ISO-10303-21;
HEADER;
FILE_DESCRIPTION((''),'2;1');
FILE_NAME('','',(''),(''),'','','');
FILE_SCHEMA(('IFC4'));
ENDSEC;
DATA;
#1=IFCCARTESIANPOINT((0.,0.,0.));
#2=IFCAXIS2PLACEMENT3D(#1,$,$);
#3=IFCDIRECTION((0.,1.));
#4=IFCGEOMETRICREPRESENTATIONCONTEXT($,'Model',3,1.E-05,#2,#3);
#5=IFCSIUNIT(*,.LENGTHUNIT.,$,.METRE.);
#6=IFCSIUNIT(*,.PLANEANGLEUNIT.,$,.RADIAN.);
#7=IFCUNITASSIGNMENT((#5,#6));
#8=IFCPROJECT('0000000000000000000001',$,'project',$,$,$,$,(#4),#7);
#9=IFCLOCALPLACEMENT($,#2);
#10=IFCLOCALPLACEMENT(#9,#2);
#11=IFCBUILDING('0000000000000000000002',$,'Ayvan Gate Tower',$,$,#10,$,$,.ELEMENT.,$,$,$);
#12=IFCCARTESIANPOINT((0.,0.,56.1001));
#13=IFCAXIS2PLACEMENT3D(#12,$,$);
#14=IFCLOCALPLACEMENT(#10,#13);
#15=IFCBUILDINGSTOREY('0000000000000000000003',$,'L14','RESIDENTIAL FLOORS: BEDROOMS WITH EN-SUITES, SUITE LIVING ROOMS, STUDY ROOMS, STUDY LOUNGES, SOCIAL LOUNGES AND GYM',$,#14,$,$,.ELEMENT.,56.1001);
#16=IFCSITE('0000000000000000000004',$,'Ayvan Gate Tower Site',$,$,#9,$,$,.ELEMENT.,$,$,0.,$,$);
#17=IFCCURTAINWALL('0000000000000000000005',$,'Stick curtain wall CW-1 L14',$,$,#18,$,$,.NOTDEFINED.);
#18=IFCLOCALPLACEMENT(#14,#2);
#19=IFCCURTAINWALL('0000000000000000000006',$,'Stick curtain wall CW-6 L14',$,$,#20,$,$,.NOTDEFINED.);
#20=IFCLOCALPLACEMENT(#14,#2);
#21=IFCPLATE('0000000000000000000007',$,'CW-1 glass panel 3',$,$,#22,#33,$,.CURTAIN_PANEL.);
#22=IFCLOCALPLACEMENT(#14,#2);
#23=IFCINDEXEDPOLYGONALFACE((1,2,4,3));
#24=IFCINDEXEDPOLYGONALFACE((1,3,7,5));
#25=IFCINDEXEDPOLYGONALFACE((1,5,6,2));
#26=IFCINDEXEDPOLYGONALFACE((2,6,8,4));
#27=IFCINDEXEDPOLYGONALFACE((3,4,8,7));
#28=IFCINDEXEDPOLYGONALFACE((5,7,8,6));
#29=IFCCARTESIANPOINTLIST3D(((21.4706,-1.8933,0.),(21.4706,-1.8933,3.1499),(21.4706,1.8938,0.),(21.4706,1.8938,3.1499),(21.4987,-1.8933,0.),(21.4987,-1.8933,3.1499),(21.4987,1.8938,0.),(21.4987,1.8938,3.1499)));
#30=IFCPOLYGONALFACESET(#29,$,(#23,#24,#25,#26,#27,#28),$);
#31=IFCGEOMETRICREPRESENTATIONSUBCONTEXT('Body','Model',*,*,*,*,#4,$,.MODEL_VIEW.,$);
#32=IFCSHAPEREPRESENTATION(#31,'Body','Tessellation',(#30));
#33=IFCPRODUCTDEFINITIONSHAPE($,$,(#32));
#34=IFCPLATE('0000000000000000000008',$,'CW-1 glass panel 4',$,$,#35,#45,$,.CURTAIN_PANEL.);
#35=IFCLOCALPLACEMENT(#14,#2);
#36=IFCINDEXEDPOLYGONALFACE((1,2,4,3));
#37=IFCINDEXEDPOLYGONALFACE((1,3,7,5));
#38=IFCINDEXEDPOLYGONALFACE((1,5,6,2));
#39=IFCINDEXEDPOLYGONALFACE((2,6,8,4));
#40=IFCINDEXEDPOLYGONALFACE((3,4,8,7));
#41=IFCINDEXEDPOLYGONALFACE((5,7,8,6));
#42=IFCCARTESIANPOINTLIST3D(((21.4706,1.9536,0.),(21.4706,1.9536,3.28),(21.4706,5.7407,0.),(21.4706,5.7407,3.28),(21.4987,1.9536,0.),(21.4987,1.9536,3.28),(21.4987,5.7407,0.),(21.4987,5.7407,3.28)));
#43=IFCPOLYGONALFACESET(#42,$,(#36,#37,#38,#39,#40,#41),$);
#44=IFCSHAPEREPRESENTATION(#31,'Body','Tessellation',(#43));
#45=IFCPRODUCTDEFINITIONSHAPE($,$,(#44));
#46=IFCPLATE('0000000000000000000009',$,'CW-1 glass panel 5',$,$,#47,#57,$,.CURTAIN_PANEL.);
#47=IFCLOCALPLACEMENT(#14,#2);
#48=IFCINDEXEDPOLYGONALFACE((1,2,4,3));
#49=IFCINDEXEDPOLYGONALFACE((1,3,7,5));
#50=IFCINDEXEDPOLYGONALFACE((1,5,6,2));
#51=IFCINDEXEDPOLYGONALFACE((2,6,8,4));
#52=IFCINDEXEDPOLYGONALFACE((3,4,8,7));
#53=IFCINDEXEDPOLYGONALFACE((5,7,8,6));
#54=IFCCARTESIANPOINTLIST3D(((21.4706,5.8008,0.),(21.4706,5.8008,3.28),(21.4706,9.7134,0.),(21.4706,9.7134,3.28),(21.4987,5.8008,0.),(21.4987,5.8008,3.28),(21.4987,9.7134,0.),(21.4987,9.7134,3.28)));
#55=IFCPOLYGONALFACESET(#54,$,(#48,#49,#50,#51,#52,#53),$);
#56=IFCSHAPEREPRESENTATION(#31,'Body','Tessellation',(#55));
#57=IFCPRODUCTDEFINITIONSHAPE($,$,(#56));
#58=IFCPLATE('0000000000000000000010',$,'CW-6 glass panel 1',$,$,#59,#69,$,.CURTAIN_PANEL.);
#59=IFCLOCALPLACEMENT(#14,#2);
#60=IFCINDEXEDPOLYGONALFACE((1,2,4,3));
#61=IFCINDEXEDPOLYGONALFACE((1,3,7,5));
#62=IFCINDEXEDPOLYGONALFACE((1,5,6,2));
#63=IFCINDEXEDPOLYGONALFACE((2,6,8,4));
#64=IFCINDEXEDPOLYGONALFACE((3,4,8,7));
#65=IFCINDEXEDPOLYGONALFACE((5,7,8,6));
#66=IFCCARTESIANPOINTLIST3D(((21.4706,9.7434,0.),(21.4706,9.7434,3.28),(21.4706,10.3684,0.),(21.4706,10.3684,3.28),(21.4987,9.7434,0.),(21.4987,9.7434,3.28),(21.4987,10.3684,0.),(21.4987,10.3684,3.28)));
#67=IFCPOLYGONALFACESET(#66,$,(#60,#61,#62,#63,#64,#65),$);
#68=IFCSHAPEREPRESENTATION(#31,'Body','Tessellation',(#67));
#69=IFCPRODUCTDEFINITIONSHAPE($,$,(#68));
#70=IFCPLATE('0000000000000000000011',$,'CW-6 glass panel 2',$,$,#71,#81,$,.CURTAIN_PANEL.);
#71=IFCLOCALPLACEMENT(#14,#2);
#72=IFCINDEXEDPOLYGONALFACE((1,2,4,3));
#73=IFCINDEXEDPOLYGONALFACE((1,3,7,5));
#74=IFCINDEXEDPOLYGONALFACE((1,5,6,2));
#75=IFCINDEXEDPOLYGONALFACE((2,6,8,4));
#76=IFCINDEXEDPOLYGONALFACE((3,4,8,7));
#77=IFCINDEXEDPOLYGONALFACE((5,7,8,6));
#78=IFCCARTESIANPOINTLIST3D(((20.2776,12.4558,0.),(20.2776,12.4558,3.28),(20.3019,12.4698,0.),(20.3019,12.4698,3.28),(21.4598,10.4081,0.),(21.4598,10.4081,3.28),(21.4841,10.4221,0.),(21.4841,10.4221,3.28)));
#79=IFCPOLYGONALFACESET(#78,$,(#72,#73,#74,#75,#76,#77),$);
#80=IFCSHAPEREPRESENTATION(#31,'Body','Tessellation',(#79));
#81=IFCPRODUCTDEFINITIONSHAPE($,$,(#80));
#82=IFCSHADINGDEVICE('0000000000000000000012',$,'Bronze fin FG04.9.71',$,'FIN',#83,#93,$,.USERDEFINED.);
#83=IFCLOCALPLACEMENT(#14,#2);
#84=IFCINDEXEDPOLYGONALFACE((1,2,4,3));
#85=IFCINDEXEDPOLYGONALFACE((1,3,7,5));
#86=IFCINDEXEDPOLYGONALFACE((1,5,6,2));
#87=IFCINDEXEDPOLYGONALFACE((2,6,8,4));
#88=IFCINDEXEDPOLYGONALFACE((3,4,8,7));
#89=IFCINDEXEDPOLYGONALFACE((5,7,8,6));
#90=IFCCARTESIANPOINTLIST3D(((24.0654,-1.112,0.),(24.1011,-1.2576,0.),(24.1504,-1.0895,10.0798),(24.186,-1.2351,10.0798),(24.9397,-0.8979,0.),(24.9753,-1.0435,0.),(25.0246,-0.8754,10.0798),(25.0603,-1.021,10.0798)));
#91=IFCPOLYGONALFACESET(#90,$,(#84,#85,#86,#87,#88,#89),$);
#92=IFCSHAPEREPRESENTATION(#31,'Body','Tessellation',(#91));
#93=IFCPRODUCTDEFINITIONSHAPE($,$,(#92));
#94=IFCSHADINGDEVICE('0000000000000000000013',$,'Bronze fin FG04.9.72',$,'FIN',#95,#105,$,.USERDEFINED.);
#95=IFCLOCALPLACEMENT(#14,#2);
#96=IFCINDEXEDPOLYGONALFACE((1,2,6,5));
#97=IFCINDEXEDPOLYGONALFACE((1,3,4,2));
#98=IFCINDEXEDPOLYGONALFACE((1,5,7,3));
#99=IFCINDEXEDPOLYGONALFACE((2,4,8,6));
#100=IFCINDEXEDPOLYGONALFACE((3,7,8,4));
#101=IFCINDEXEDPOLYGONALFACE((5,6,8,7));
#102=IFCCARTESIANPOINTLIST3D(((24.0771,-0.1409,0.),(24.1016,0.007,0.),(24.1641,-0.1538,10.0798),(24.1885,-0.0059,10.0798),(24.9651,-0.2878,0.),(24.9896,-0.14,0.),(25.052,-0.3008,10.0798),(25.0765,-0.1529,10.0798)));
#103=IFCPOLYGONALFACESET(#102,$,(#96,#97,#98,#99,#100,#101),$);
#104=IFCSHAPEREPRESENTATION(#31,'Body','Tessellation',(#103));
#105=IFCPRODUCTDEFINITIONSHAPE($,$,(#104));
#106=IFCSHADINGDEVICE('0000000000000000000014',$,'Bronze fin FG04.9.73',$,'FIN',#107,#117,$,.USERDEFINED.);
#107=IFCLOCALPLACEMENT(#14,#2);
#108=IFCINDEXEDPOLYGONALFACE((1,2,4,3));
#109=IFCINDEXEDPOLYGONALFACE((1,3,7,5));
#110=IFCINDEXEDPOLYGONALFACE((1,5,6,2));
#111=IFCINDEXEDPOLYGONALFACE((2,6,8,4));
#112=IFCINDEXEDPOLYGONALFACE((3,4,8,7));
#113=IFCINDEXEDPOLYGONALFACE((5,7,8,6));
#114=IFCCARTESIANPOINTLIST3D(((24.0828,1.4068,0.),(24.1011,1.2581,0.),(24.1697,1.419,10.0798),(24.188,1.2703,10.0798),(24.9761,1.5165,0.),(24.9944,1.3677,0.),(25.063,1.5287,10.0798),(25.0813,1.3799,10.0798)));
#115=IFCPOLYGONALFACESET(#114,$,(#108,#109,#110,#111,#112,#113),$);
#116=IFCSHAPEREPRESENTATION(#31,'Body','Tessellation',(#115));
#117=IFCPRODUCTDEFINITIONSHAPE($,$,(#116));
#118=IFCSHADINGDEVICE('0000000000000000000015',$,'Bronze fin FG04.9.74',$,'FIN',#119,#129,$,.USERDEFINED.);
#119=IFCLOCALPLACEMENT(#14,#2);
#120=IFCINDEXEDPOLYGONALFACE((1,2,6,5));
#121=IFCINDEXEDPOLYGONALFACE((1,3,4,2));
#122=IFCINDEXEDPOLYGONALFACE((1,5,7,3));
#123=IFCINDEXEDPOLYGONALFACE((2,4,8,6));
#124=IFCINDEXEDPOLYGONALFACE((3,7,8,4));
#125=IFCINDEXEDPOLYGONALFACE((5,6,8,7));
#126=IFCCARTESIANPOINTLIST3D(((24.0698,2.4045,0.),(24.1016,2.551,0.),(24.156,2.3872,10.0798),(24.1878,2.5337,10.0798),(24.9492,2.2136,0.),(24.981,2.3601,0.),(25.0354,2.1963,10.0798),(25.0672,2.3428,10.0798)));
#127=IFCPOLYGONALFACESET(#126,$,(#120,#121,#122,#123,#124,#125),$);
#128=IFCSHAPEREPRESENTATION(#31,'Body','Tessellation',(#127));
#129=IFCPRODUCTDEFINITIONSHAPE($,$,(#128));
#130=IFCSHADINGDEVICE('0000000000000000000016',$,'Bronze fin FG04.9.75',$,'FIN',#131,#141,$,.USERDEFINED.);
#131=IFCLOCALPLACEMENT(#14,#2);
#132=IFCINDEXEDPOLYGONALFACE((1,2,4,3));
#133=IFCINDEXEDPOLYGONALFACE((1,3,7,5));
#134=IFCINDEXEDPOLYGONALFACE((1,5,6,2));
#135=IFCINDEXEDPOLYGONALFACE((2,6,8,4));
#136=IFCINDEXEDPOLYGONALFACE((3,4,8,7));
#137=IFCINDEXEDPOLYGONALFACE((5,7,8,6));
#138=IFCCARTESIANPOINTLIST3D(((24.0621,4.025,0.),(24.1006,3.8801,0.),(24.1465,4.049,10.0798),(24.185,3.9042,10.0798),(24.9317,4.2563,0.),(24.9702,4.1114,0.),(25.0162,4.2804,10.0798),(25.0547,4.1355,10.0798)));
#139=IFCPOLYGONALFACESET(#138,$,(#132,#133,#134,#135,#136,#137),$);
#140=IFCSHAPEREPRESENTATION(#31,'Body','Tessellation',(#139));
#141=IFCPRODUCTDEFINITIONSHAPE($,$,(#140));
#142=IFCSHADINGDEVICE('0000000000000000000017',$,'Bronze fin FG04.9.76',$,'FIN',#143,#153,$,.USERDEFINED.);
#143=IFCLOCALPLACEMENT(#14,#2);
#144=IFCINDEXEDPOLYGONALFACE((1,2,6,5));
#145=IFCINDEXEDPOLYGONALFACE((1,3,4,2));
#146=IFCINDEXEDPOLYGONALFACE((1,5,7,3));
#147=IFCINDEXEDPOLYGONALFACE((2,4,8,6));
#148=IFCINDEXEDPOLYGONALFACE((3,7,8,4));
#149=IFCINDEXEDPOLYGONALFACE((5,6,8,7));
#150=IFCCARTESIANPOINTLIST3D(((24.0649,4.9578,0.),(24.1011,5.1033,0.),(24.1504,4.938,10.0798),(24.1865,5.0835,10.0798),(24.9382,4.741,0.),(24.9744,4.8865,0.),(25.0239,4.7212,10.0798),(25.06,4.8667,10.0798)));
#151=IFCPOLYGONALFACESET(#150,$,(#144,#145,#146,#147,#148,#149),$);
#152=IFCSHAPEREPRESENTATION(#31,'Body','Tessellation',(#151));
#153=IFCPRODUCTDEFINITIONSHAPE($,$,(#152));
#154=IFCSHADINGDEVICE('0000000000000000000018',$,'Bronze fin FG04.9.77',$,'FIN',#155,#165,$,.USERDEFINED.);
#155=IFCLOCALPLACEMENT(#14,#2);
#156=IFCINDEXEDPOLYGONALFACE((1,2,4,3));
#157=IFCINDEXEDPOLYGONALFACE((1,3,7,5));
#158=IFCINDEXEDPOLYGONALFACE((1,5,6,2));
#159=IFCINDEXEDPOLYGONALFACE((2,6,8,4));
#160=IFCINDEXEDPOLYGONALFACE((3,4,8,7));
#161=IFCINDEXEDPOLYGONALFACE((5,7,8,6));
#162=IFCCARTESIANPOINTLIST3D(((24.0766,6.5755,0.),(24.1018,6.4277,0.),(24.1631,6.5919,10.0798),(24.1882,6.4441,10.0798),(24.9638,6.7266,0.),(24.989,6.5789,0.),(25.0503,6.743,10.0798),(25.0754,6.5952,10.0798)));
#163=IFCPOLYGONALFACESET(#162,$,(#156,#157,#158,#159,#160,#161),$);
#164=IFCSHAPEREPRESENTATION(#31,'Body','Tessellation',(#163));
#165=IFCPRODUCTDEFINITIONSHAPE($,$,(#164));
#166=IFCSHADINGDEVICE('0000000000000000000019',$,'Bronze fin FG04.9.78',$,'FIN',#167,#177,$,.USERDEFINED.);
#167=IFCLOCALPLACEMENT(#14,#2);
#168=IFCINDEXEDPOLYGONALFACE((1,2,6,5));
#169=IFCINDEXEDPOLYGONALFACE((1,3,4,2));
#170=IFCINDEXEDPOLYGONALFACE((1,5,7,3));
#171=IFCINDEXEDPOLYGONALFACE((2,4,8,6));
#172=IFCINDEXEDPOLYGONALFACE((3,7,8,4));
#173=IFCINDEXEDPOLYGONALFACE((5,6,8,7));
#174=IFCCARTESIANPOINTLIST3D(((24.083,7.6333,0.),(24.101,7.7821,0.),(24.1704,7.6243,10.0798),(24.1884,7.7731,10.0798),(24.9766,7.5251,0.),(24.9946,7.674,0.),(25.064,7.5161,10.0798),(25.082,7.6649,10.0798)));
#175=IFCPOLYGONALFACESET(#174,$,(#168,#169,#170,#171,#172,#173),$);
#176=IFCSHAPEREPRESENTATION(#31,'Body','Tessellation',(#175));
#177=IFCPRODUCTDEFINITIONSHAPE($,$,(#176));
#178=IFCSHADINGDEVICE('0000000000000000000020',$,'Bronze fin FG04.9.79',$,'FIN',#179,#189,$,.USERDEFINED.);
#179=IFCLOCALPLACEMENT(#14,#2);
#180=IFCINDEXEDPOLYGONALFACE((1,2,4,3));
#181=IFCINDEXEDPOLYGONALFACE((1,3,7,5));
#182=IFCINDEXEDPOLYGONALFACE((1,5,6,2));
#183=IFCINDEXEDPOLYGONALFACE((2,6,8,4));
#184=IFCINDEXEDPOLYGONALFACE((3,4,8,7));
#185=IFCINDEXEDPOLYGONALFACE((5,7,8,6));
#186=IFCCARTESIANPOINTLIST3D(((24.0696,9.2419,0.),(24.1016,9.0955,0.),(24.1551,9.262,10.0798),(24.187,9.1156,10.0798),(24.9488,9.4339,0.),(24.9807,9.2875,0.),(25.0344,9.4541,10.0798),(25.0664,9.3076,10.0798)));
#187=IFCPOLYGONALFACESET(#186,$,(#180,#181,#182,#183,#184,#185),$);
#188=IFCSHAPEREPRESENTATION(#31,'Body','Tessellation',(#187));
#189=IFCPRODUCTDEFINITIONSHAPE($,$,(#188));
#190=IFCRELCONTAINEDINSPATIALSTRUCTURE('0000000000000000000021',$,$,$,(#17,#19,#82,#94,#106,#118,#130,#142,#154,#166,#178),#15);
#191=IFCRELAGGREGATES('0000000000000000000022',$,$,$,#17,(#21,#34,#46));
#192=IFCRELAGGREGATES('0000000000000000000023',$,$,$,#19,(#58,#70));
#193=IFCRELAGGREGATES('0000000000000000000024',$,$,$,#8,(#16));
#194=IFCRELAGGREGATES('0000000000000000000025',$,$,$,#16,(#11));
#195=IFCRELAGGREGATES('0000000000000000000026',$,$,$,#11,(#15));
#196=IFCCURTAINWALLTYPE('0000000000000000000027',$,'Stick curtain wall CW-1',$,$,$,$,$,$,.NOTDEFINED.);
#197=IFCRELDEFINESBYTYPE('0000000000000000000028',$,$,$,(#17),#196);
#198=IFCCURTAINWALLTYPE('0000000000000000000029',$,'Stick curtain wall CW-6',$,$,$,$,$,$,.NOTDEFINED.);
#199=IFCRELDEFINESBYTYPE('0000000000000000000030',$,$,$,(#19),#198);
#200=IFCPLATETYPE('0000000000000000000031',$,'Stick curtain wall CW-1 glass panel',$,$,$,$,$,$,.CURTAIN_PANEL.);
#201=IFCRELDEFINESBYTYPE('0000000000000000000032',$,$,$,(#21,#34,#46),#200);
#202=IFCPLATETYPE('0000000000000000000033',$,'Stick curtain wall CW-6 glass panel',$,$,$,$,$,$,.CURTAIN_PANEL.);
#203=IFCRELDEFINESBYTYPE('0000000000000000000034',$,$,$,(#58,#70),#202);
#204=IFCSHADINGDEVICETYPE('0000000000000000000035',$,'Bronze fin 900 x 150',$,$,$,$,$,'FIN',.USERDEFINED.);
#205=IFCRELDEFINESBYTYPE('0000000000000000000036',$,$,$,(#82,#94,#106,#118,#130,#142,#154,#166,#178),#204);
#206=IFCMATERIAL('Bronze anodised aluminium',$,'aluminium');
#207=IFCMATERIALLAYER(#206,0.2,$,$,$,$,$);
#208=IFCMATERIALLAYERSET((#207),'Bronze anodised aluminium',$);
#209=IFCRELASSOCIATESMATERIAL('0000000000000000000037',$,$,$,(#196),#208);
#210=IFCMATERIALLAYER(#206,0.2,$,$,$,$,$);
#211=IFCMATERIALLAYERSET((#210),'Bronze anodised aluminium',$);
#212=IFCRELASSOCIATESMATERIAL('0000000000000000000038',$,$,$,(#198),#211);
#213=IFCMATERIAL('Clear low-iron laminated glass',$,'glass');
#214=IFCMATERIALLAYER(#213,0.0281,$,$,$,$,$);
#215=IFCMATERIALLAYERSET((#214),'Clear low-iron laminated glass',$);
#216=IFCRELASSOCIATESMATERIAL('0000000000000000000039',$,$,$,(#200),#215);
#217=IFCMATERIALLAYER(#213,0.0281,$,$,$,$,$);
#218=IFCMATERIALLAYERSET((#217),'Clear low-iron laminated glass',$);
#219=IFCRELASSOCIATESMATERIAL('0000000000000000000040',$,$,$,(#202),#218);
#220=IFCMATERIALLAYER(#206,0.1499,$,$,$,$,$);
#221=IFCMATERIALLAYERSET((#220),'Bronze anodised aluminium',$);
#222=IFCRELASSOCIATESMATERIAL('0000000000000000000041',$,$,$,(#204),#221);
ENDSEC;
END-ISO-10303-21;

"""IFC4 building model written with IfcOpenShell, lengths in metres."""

from ifc_helpers import new_model, si_unit, direction, frame, origin, origin_2d, place, context, subcontext, project, spatial, polyline, rectangle, outline, extrude, material, layer, layer_set, type_object, element, aggregate, save


model = new_model("IFC4")

# Units and contexts
model_context = context("Model", 3, precision=1e-05, world=origin(), true_north=direction((0.0, 1.0)))
body_context = subcontext(model_context, "Body", "Model", "MODEL_VIEW")
ifc_project = project(units=[si_unit("LENGTHUNIT", "METRE"), si_unit("PLANEANGLEUNIT", "RADIAN")], contexts=[model_context])

# Site, building, storey
site_placement = place(None, origin())
site = spatial("IfcSite", under=ifc_project, at=site_placement, Name="Ayvan Gate Tower Site", CompositionType="ELEMENT", RefElevation=0.0)
building_placement = place(site_placement, origin())
building = spatial("IfcBuilding", under=site, at=building_placement, Name="Ayvan Gate Tower", CompositionType="ELEMENT")
storey_placement = place(building_placement, frame((0.0, 0.0, 56.1001)))
storey = spatial("IfcBuildingStorey", under=building, at=storey_placement, Name="L14", Description="RESIDENTIAL FLOORS: BEDROOMS WITH EN-SUITES, SUITE LIVING ROOMS, STUDY ROOMS, STUDY LOUNGES, SOCIAL LOUNGES AND GYM", CompositionType="ELEMENT", Elevation=56.1001)

# Curtain walls
ifc_material_1 = material(Name="Bronze anodised aluminium", Category="aluminium")
ifc_layer_1 = layer(ifc_material_1, 0.2)
ifc_layer_set_1 = layer_set([ifc_layer_1], Name="Bronze anodised aluminium")
curtain_wall_type_1 = type_object("IfcCurtainWallType", Name="Stick curtain wall CW-1", PredefinedType="NOTDEFINED", material=ifc_layer_set_1)
curtain_wall_1_placement = place(storey_placement, origin())
curtain_wall_1 = element("IfcCurtainWall", 1, at=curtain_wall_1_placement, inside=storey, type_object=curtain_wall_type_1, Name="Stick curtain wall CW-1 L14", PredefinedType="NOTDEFINED")
ifc_layer_2 = layer(ifc_material_1, 0.2)
ifc_layer_set_2 = layer_set([ifc_layer_2], Name="Bronze anodised aluminium")
curtain_wall_type_2 = type_object("IfcCurtainWallType", Name="Stick curtain wall CW-6", PredefinedType="NOTDEFINED", material=ifc_layer_set_2)
curtain_wall_2_placement = place(storey_placement, origin())
curtain_wall_2 = element("IfcCurtainWall", 2, at=curtain_wall_2_placement, inside=storey, type_object=curtain_wall_type_2, Name="Stick curtain wall CW-6 L14", PredefinedType="NOTDEFINED")

# Plates
ifc_material_2 = material(Name="Clear low-iron laminated glass", Category="glass")
ifc_layer_3 = layer(ifc_material_2, 0.0281)
ifc_layer_set_3 = layer_set([ifc_layer_3], Name="Clear low-iron laminated glass")
plate_type_1 = type_object("IfcPlateType", Name="Stick curtain wall CW-1 glass panel", PredefinedType="CURTAIN_PANEL", material=ifc_layer_set_3)
plate_1_placement = place(storey_placement, frame((21.4846, 0.0002, 0.0), z_axis=(0.0, 0.0, 1.0), x_axis=(0.0, 1.0, 0.0)))
plate_1 = element("IfcPlate", 3, at=plate_1_placement, type_object=plate_type_1, Name="CW-1 glass panel 3", PredefinedType="CURTAIN_PANEL", context=body_context, shape_type="SweptSolid", body=[
    extrude(rectangle(XDim=3.7871, YDim=0.0281, at=origin_2d()), origin(), (0.0, 0.0, 1.0), 3.1499),
])
plate_2_placement = place(storey_placement, frame((21.4846, 3.8472, 0.0), z_axis=(0.0, 0.0, 1.0), x_axis=(0.0, 1.0, 0.0)))
plate_2 = element("IfcPlate", 4, at=plate_2_placement, type_object=plate_type_1, Name="CW-1 glass panel 4", PredefinedType="CURTAIN_PANEL", context=body_context, shape_type="SweptSolid", body=[
    extrude(rectangle(XDim=3.7871, YDim=0.0281, at=origin_2d()), origin(), (0.0, 0.0, 1.0), 3.28),
])
plate_3_placement = place(storey_placement, frame((21.4846, 7.7571, 0.0), z_axis=(0.0, 0.0, 1.0), x_axis=(0.0, 1.0, 0.0)))
plate_3 = element("IfcPlate", 5, at=plate_3_placement, type_object=plate_type_1, Name="CW-1 glass panel 5", PredefinedType="CURTAIN_PANEL", context=body_context, shape_type="SweptSolid", body=[
    extrude(rectangle(XDim=3.9126, YDim=0.0281, at=origin_2d()), origin(), (0.0, 0.0, 1.0), 3.28),
])
aggregate(curtain_wall_1, [plate_1, plate_2, plate_3])
ifc_layer_4 = layer(ifc_material_2, 0.0281)
ifc_layer_set_4 = layer_set([ifc_layer_4], Name="Clear low-iron laminated glass")
plate_type_2 = type_object("IfcPlateType", Name="Stick curtain wall CW-6 glass panel", PredefinedType="CURTAIN_PANEL", material=ifc_layer_set_4)
plate_4_placement = place(storey_placement, frame((21.4846, 10.0559, 0.0), z_axis=(0.0, 0.0, 1.0), x_axis=(0.0, 1.0, 0.0)))
plate_4 = element("IfcPlate", 6, at=plate_4_placement, type_object=plate_type_2, Name="CW-6 glass panel 1", PredefinedType="CURTAIN_PANEL", context=body_context, shape_type="SweptSolid", body=[
    extrude(rectangle(XDim=0.625, YDim=0.0281, at=origin_2d()), origin(), (0.0, 0.0, 1.0), 3.28),
])
plate_5_placement = place(storey_placement, frame((20.8809, 11.439, 0.0), z_axis=(0.0, 0.0, 1.0), x_axis=(-0.5, 0.866025, 0.0)))
plate_5 = element("IfcPlate", 7, at=plate_5_placement, type_object=plate_type_2, Name="CW-6 glass panel 2", PredefinedType="CURTAIN_PANEL", context=body_context, shape_type="SweptSolid", body=[
    extrude(rectangle(XDim=2.3645, YDim=0.0281, at=origin_2d()), origin(), (0.0, 0.0, 1.0), 3.28),
])
aggregate(curtain_wall_2, [plate_4, plate_5])

# Shading devices
ifc_layer_5 = layer(ifc_material_1, 0.1499)
ifc_layer_set_5 = layer_set([ifc_layer_5], Name="Bronze anodised aluminium")
shading_device_type = type_object("IfcShadingDeviceType", Name="Bronze fin 900 x 150", ElementType="FIN", PredefinedType="USERDEFINED", material=ifc_layer_set_5)
shading_device_1_placement = place(storey_placement, frame((24.1011, -1.2576, 0.0), z_axis=(0.237874, -0.971296, 0.000159), x_axis=(0.971296, 0.237874, 0.0)))
element("IfcShadingDevice", 8, at=shading_device_1_placement, inside=storey, type_object=shading_device_type, Name="Bronze fin FG04.9.71", ObjectType="FIN", PredefinedType="USERDEFINED", context=body_context, shape_type="SweptSolid", body=[
    extrude(outline(polyline([(0.0, 0.0), (0.9001, 0.0), (0.988, 10.0798), (0.0879, 10.0798), (0.0, 0.0)])), origin(), (0.0, 0.0, -1.0), 0.1499),
])
shading_device_2_placement = place(storey_placement, frame((24.0771, -0.1409, 0.0), z_axis=(-0.163299, -0.986577, 0.000142), x_axis=(0.986577, -0.163299, 0.0)))
element("IfcShadingDevice", 9, at=shading_device_2_placement, inside=storey, type_object=shading_device_type, Name="Bronze fin FG04.9.72", ObjectType="FIN", PredefinedType="USERDEFINED", context=body_context, shape_type="SweptSolid", body=[
    extrude(outline(polyline([(0.0, 0.0), (0.9, 0.0), (0.9879, 10.0798), (0.0879, 10.0798), (0.0, 0.0)])), origin(), (0.0, 0.0, -1.0), 0.1499),
])
shading_device_3_placement = place(storey_placement, frame((24.1011, 1.2581, 0.0), z_axis=(0.121798, -0.992555, 0.000152), x_axis=(0.992555, 0.121798, 0.0)))
element("IfcShadingDevice", 10, at=shading_device_3_placement, inside=storey, type_object=shading_device_type, Name="Bronze fin FG04.9.73", ObjectType="FIN", PredefinedType="USERDEFINED", context=body_context, shape_type="SweptSolid", body=[
    extrude(outline(polyline([(0.0, 0.0), (0.9, 0.0), (0.9878, 10.0798), (0.0878, 10.0798), (0.0, 0.0)])), origin(), (0.0, 0.0, -1.0), 0.1499),
])
shading_device_4_placement = place(storey_placement, frame((24.0698, 2.4045, 0.0), z_axis=(-0.212159, -0.977235, 0.000133), x_axis=(0.977235, -0.212159, 0.0)))
element("IfcShadingDevice", 11, at=shading_device_4_placement, inside=storey, type_object=shading_device_type, Name="Bronze fin FG04.9.74", ObjectType="FIN", PredefinedType="USERDEFINED", context=body_context, shape_type="SweptSolid", body=[
    extrude(outline(polyline([(0.0, 0.0), (0.8999, 0.0), (0.9878, 10.0798), (0.0879, 10.0798), (0.0, 0.0)])), origin(), (0.0, 0.0, -1.0), 0.1499),
])
shading_device_5_placement = place(storey_placement, frame((24.1006, 3.8801, 0.0), z_axis=(0.257063, -0.966395, 0.000151), x_axis=(0.966395, 0.257063, 0.0)))
element("IfcShadingDevice", 12, at=shading_device_5_placement, inside=storey, type_object=shading_device_type, Name="Bronze fin FG04.9.75", ObjectType="FIN", PredefinedType="USERDEFINED", context=body_context, shape_type="SweptSolid", body=[
    extrude(outline(polyline([(0.0, 0.0), (0.8998, 0.0), (0.9877, 10.0798), (0.0878, 10.0798), (0.0, 0.0)])), origin(), (0.0, 0.0, -1.0), 0.1499),
])
shading_device_6_placement = place(storey_placement, frame((24.0649, 4.9578, 0.0), z_axis=(-0.240908, -0.970548, 0.000141), x_axis=(0.970548, -0.240908, 0.0)))
element("IfcShadingDevice", 13, at=shading_device_6_placement, inside=storey, type_object=shading_device_type, Name="Bronze fin FG04.9.76", ObjectType="FIN", PredefinedType="USERDEFINED", context=body_context, shape_type="SweptSolid", body=[
    extrude(outline(polyline([(0.0, 0.0), (0.8998, 0.0), (0.9877, 10.0798), (0.0877, 10.0798), (0.0, 0.0)])), origin(), (0.0, 0.0, -1.0), 0.1499),
])
shading_device_7_placement = place(storey_placement, frame((24.1018, 6.4277, 0.0), z_axis=(0.167917, -0.985801, 0.00016), x_axis=(0.985801, 0.167917, 0.0)))
element("IfcShadingDevice", 14, at=shading_device_7_placement, inside=storey, type_object=shading_device_type, Name="Bronze fin FG04.9.77", ObjectType="FIN", PredefinedType="USERDEFINED", context=body_context, shape_type="SweptSolid", body=[
    extrude(outline(polyline([(0.0, 0.0), (0.9, 0.0), (0.9879, 10.0798), (0.0879, 10.0798), (0.0, 0.0)])), origin(), (0.0, 0.0, -1.0), 0.1499),
])
shading_device_8_placement = place(storey_placement, frame((24.083, 7.6333, 0.0), z_axis=(-0.120161, -0.992754, 0.000152), x_axis=(0.992754, -0.120161, 0.0)))
element("IfcShadingDevice", 15, at=shading_device_8_placement, inside=storey, type_object=shading_device_type, Name="Bronze fin FG04.9.78", ObjectType="FIN", PredefinedType="USERDEFINED", context=body_context, shape_type="SweptSolid", body=[
    extrude(outline(polyline([(0.0, 0.0), (0.9001, 0.0), (0.9879, 10.0798), (0.0879, 10.0798), (0.0, 0.0)])), origin(), (0.0, 0.0, -1.0), 0.1499),
])
shading_device_9_placement = place(storey_placement, frame((24.1016, 9.0955, 0.0), z_axis=(0.213353, -0.976975, 0.000141), x_axis=(0.976975, 0.213353, 0.0)))
element("IfcShadingDevice", 16, at=shading_device_9_placement, inside=storey, type_object=shading_device_type, Name="Bronze fin FG04.9.79", ObjectType="FIN", PredefinedType="USERDEFINED", context=body_context, shape_type="SweptSolid", body=[
    extrude(outline(polyline([(0.0, 0.0), (0.8999, 0.0), (0.9879, 10.0798), (0.0878, 10.0798), (0.0, 0.0)])), origin(), (0.0, 0.0, -1.0), 0.1499),
])

save(model, "model.ifc")
